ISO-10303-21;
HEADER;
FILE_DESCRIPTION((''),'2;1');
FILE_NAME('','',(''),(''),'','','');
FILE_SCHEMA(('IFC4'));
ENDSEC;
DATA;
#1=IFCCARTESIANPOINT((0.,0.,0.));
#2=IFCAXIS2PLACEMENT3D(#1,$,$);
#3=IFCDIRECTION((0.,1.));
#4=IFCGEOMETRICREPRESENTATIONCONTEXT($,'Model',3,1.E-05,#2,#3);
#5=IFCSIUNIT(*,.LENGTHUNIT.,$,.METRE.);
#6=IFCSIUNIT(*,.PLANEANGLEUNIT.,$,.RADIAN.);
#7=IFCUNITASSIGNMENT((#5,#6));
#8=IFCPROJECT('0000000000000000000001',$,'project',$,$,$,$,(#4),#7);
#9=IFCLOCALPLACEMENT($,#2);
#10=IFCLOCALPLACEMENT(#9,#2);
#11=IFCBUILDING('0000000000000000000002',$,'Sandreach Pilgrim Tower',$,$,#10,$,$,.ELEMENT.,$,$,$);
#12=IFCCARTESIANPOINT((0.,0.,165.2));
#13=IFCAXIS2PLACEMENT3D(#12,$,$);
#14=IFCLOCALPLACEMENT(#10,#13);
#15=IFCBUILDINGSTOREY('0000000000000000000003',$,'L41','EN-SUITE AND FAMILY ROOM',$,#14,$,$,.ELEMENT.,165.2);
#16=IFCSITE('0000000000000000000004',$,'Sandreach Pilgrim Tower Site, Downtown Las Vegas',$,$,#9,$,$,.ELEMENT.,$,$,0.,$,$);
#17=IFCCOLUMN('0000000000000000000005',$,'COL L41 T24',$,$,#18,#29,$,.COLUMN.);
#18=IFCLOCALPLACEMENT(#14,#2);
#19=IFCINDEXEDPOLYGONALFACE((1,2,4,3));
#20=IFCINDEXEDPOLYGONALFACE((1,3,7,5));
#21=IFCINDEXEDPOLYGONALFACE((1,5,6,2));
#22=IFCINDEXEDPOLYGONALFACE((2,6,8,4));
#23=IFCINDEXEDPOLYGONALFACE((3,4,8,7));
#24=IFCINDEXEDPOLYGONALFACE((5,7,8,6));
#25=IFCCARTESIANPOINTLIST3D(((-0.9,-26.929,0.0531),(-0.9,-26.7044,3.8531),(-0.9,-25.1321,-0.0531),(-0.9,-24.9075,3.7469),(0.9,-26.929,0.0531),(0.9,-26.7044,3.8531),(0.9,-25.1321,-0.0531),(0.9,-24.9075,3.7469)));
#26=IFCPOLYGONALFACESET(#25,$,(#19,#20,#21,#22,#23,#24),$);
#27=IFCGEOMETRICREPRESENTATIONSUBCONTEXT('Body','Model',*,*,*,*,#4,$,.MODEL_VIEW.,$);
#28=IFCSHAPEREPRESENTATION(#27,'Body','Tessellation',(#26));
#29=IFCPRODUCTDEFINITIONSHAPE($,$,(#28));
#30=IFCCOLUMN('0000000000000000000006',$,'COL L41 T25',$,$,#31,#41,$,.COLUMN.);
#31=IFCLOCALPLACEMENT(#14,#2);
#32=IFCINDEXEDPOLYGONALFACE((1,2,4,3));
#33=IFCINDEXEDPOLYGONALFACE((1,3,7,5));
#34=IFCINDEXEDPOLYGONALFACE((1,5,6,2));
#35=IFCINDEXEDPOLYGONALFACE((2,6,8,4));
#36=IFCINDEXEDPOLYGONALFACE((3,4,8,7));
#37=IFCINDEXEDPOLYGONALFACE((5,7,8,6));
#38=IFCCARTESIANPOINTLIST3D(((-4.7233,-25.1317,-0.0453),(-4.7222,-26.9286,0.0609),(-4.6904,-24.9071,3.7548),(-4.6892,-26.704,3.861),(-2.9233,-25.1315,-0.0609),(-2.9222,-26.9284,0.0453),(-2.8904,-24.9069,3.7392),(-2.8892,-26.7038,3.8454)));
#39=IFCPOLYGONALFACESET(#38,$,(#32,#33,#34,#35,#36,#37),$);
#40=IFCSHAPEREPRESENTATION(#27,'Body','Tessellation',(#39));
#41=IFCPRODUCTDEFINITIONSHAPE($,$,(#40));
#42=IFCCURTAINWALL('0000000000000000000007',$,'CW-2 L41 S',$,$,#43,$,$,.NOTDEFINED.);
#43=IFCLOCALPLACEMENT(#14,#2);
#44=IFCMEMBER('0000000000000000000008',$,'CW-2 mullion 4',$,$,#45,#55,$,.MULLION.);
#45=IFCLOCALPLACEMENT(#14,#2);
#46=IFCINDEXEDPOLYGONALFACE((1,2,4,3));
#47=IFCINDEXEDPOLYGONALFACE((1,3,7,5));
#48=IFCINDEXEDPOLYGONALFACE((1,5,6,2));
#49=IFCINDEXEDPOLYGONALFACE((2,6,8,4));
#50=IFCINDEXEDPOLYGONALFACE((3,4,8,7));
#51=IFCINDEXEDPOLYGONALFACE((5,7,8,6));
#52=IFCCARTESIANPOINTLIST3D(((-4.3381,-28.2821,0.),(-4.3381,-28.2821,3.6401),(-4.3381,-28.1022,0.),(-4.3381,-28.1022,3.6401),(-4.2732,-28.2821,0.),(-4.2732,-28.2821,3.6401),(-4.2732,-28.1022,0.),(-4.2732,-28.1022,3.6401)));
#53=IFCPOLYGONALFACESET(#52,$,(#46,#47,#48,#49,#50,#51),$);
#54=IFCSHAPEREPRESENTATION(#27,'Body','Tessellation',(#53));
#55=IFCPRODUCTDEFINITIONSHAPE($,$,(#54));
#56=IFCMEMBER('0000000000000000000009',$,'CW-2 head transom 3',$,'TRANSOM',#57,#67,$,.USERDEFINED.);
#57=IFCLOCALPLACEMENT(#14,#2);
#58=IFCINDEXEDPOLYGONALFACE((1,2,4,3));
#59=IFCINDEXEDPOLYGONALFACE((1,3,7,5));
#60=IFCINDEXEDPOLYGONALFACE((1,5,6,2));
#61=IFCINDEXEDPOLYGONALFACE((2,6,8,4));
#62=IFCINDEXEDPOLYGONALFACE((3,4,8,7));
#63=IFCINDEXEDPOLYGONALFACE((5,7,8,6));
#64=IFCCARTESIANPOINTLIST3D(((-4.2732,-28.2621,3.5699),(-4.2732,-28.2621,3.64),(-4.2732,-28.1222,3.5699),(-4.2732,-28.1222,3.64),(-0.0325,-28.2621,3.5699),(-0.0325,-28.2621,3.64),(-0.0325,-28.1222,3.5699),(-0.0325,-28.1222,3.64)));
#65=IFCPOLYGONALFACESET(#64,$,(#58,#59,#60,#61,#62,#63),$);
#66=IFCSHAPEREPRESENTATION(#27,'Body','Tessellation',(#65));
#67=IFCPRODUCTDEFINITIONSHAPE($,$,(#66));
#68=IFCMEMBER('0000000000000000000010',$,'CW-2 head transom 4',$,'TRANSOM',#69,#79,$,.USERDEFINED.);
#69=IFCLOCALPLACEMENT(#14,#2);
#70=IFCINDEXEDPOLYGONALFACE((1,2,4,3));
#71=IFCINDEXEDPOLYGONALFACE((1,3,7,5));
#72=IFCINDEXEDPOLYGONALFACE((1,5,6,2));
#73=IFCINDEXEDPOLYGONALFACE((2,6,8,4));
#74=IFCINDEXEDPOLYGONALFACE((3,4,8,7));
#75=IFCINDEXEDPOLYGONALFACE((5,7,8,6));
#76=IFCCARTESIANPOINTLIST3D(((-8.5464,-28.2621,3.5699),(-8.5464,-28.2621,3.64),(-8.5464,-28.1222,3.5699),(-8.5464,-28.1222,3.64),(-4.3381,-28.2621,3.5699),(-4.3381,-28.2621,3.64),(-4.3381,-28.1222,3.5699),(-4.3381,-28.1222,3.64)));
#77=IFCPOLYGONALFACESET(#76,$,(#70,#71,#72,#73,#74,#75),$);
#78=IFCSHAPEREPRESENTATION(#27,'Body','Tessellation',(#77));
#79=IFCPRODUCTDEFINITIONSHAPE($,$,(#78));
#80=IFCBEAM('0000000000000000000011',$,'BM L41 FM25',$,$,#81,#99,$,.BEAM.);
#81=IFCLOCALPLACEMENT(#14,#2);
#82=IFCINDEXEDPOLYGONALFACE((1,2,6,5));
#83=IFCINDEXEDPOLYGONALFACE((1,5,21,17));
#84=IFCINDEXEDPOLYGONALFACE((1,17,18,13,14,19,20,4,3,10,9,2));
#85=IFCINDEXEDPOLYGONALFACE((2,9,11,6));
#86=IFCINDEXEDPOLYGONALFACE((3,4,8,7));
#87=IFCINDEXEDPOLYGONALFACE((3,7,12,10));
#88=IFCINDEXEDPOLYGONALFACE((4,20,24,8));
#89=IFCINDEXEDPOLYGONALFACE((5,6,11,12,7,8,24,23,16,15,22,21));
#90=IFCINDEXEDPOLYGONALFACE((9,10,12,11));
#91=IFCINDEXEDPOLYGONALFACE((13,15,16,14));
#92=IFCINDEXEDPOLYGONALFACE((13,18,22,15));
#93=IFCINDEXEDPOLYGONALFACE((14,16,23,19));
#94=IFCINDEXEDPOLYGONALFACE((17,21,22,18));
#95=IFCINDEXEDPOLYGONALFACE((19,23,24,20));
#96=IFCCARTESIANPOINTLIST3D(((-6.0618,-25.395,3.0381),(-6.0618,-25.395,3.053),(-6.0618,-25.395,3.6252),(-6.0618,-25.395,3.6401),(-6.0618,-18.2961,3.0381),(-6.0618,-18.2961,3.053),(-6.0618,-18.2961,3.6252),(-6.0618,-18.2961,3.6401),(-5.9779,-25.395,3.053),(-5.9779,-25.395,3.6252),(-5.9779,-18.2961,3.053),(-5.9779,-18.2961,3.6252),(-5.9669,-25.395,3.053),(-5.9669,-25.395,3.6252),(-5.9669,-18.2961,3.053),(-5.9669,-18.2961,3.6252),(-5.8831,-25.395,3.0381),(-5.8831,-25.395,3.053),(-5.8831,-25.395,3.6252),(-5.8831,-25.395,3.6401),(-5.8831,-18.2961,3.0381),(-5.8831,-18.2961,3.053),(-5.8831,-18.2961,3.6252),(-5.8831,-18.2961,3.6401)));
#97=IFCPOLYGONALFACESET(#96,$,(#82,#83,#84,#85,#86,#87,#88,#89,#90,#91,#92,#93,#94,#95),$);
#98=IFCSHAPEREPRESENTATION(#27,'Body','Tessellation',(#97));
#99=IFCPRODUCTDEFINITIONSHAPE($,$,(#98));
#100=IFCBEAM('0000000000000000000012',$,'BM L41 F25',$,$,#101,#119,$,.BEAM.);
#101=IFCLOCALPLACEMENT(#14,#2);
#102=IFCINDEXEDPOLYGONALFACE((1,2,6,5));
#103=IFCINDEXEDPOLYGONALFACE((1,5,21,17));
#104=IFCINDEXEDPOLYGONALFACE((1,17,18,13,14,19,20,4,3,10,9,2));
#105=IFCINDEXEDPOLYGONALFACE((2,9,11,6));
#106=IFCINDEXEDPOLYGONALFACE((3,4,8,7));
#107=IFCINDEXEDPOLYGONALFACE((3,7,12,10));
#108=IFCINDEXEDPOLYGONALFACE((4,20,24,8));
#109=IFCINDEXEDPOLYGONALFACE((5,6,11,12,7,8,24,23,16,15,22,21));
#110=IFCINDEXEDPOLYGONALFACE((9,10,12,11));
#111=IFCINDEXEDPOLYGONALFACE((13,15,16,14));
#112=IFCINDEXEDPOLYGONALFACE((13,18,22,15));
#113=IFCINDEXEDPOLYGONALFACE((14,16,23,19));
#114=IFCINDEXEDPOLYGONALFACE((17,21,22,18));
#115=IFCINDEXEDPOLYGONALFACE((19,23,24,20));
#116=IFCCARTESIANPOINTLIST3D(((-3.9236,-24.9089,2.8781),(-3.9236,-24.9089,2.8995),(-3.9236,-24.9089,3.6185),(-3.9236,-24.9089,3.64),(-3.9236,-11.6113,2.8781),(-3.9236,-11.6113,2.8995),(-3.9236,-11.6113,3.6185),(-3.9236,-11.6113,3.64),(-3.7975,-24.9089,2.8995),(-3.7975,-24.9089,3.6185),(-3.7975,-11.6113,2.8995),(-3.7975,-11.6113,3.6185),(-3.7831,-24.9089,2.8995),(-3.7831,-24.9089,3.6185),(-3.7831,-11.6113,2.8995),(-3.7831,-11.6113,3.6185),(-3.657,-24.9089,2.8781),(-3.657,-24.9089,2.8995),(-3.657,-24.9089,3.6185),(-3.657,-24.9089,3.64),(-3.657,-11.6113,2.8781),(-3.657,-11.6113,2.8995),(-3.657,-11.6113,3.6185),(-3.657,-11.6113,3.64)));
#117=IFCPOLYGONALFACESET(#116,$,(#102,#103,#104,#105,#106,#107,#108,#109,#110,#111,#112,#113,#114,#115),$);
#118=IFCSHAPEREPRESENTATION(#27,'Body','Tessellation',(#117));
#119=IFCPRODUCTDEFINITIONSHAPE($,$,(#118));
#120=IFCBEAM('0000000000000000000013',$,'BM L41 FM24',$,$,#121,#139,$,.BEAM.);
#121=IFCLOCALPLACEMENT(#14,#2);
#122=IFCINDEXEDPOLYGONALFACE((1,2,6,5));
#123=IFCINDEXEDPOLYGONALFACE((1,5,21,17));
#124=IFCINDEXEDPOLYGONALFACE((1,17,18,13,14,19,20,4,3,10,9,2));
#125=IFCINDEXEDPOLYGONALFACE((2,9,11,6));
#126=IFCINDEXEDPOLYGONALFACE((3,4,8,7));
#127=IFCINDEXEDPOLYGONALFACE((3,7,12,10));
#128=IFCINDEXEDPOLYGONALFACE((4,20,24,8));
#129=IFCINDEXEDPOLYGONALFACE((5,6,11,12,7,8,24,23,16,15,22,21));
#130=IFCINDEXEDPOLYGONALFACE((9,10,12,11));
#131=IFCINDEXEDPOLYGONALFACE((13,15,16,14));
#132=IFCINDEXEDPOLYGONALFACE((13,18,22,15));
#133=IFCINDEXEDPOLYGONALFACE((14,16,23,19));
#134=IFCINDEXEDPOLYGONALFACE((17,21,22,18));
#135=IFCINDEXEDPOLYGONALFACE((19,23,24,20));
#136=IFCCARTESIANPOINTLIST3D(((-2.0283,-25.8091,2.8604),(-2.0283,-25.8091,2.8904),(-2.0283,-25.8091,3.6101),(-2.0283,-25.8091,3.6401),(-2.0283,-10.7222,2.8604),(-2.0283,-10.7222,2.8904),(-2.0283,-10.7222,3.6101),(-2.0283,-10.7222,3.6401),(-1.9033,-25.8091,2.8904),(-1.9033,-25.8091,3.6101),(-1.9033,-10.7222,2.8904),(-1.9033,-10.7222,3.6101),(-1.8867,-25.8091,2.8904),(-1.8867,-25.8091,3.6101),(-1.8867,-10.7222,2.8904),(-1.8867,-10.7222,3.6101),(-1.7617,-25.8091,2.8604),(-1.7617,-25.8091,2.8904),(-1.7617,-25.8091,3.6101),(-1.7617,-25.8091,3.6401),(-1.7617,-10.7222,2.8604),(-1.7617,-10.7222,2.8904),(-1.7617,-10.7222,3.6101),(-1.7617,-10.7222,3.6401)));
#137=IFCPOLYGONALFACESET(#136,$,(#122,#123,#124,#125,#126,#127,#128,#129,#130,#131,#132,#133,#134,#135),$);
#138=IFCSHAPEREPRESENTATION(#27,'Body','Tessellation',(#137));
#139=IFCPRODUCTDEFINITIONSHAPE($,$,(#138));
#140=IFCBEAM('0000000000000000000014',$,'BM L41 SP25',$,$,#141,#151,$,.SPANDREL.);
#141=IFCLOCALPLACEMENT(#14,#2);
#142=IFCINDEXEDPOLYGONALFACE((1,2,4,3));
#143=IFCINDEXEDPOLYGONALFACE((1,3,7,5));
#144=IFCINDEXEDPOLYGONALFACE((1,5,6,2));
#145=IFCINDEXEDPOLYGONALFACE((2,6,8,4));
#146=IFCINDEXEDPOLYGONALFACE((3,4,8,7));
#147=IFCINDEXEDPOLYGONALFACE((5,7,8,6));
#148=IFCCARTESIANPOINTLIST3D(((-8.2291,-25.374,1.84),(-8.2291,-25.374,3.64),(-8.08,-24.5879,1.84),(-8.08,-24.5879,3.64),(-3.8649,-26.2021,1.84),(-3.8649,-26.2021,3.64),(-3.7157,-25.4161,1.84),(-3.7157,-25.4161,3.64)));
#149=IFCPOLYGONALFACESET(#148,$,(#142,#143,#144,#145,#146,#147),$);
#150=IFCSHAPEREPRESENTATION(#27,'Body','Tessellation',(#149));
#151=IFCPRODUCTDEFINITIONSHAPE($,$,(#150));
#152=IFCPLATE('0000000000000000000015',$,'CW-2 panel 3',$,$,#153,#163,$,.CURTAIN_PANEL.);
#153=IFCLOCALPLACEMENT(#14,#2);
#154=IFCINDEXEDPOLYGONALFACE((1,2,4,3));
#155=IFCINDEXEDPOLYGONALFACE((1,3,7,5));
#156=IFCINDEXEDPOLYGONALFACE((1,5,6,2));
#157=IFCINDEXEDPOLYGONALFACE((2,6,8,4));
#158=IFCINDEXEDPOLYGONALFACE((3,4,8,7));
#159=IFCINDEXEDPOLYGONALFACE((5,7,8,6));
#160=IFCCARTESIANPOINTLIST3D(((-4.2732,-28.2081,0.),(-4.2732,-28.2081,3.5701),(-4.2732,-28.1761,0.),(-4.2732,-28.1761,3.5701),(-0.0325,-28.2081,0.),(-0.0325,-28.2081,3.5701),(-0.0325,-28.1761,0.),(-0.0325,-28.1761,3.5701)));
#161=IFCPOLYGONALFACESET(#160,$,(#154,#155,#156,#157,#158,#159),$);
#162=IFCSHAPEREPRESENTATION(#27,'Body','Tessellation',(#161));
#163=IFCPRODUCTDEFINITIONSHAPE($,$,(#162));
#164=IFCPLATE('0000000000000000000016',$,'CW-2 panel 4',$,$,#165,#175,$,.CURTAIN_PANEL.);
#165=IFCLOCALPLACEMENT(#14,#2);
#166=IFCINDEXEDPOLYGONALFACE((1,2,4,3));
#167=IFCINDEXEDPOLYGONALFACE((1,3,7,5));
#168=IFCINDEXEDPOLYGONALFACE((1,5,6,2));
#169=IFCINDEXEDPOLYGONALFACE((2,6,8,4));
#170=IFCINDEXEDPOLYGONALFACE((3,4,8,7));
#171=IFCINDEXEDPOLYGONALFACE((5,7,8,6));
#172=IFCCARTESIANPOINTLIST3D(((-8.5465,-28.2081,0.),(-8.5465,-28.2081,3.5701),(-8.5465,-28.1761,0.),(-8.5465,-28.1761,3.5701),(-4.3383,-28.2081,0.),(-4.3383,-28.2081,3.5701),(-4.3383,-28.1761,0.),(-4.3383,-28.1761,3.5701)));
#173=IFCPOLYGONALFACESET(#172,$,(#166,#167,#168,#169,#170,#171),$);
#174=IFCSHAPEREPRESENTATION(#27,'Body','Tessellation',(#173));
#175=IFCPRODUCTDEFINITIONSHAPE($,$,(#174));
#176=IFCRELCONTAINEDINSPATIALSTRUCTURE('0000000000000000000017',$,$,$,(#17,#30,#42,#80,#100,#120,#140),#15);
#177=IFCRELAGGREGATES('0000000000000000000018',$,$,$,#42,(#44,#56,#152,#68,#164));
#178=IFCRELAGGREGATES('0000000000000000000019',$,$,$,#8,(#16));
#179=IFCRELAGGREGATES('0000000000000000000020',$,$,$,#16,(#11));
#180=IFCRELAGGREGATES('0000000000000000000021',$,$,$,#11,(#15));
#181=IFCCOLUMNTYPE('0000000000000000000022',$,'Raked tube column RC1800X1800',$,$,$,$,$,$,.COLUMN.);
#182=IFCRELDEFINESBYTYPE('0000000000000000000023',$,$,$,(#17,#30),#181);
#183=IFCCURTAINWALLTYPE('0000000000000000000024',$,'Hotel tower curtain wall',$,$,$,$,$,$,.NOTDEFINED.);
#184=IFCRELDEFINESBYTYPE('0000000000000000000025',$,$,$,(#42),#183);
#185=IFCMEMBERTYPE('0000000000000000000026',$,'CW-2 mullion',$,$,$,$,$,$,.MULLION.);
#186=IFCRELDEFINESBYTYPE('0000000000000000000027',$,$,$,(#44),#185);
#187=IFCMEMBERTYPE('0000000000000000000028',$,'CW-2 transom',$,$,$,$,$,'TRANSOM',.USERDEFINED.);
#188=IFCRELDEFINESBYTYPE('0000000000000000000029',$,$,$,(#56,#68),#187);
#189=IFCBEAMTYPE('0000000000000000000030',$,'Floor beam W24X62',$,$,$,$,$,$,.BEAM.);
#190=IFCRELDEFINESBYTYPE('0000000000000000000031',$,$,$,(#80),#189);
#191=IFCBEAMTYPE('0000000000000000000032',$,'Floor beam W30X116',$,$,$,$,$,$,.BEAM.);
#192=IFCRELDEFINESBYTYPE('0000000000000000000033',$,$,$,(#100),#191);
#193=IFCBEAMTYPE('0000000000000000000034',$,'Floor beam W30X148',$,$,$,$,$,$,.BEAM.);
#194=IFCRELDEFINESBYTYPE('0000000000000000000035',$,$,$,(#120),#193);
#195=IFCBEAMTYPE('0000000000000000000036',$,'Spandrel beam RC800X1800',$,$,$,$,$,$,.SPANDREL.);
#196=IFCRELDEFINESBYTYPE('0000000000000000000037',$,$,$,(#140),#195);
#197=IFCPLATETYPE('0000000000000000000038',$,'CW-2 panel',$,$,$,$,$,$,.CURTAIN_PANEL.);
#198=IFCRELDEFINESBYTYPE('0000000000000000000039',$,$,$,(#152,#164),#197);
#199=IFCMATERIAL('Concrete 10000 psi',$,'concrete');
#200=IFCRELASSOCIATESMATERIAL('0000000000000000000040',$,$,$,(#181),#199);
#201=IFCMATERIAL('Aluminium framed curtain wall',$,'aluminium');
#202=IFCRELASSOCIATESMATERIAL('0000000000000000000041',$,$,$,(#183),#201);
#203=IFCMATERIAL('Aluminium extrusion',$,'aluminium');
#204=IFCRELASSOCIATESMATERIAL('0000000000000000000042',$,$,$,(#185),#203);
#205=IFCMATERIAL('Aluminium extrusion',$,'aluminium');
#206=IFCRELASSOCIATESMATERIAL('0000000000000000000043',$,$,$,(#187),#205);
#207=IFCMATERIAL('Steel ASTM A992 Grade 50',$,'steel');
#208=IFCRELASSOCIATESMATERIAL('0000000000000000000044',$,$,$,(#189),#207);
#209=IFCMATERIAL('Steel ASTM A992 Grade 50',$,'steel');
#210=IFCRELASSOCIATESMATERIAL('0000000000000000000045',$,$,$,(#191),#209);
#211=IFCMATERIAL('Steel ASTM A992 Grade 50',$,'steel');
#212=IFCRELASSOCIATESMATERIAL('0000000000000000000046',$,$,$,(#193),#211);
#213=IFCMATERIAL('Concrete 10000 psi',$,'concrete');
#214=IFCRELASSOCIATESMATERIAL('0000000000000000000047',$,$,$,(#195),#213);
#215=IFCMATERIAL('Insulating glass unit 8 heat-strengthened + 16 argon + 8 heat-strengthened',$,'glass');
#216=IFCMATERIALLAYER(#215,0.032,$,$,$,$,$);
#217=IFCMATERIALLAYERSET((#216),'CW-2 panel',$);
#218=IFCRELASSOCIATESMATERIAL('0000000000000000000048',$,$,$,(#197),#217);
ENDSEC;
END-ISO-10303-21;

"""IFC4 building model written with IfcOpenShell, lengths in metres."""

from ifc_helpers import new_model, si_unit, direction, frame, origin, origin_2d, place, context, subcontext, project, spatial, rectangle, i_section, extrude, material, layer, layer_set, material_profile, profile_set, type_object, element, aggregate, save


model = new_model("IFC4")

# Units and contexts
model_context = context("Model", 3, precision=1e-05, world=origin(), true_north=direction((0.0, 1.0)))
body_context = subcontext(model_context, "Body", "Model", "MODEL_VIEW")
ifc_project = project(units=[si_unit("LENGTHUNIT", "METRE"), si_unit("PLANEANGLEUNIT", "RADIAN")], contexts=[model_context])

# Site, building, storey
site_placement = place(None, origin())
site = spatial("IfcSite", under=ifc_project, at=site_placement, Name="Sandreach Pilgrim Tower Site, Downtown Las Vegas", CompositionType="ELEMENT", RefElevation=0.0)
building_placement = place(site_placement, origin())
building = spatial("IfcBuilding", under=site, at=building_placement, Name="Sandreach Pilgrim Tower", CompositionType="ELEMENT")
storey_placement = place(building_placement, frame((0.0, 0.0, 165.2)))
storey = spatial("IfcBuildingStorey", under=building, at=storey_placement, Name="L41", Description="EN-SUITE AND FAMILY ROOM", CompositionType="ELEMENT", Elevation=165.2)

# Columns
ifc_material_1 = material(Name="Concrete 10000 psi", Category="concrete")
ifc_material_profile_1 = material_profile(ifc_material_1, rectangle(XDim=1.8, YDim=1.8, at=origin_2d()), Name="RC1800X1800")
ifc_profile_set_1 = profile_set([ifc_material_profile_1], Name="Concrete 10000 psi")
column_type = type_object("IfcColumnType", Name="Raked tube column RC1800X1800", PredefinedType="COLUMN", material=ifc_profile_set_1)
column_1_placement = place(storey_placement, frame((0.0, -26.0305, 0.0), z_axis=(0.0, 0.059004, 0.998258), x_axis=(0.0, -0.998258, 0.059004)))
element("IfcColumn", 1, at=column_1_placement, inside=storey, type_object=column_type, Name="COL L41 T24", PredefinedType="COLUMN", context=body_context, shape_type="SweptSolid", body=[
    extrude(rectangle(XDim=1.8, YDim=1.8, at=origin_2d()), origin(), (0.0, 0.0, 1.0), 3.8066),
])
column_2_placement = place(storey_placement, frame((-3.8228, -26.03, 0.0), z_axis=(0.008658, 0.059002, 0.99822), x_axis=(0.000629, -0.998258, 0.058999)))
element("IfcColumn", 2, at=column_2_placement, inside=storey, type_object=column_type, Name="COL L41 T25", PredefinedType="COLUMN", context=body_context, shape_type="SweptSolid", body=[
    extrude(rectangle(XDim=1.8, YDim=1.8, at=origin_2d()), origin(), (0.0, 0.0, 1.0), 3.8069),
])

# Curtain wall, members
ifc_material_2 = material(Name="Aluminium framed curtain wall", Category="aluminium")
curtain_wall_type = type_object("IfcCurtainWallType", Name="Hotel tower curtain wall", PredefinedType="NOTDEFINED", material=ifc_material_2)
curtain_wall_placement = place(storey_placement, origin())
curtain_wall = element("IfcCurtainWall", 3, at=curtain_wall_placement, inside=storey, type_object=curtain_wall_type, Name="CW-2 L41 S", PredefinedType="NOTDEFINED")
ifc_material_3 = material(Name="Aluminium extrusion", Category="aluminium")
ifc_material_profile_2 = material_profile(ifc_material_3, rectangle(XDim=0.0649, YDim=0.1799, at=origin_2d()), Name="CW-2M 65X180")
ifc_profile_set_2 = profile_set([ifc_material_profile_2], Name="Aluminium extrusion")
member_type_1 = type_object("IfcMemberType", Name="CW-2 mullion", PredefinedType="MULLION", material=ifc_profile_set_2)
member_1_placement = place(storey_placement, frame((-4.3057, -28.1921, 0.0), z_axis=(0.0, 0.0, 1.0), x_axis=(-1.0, 0.0, 0.0)))
member_1 = element("IfcMember", 4, at=member_1_placement, type_object=member_type_1, Name="CW-2 mullion 4", PredefinedType="MULLION", context=body_context, shape_type="SweptSolid", body=[
    extrude(rectangle(XDim=0.0649, YDim=0.1799, at=origin_2d()), origin(), (0.0, 0.0, 1.0), 3.6401),
])
ifc_material_4 = material(Name="Aluminium extrusion", Category="aluminium")
ifc_material_profile_3 = material_profile(ifc_material_4, rectangle(XDim=0.1399, YDim=0.0701, at=origin_2d()), Name="CW-2T 140X70")
ifc_profile_set_3 = profile_set([ifc_material_profile_3], Name="Aluminium extrusion")
member_type_2 = type_object("IfcMemberType", Name="CW-2 transom", ElementType="TRANSOM", PredefinedType="USERDEFINED", material=ifc_profile_set_3)
member_2_placement = place(storey_placement, frame((-0.0325, -28.1921, 3.605), z_axis=(-1.0, 0.0, 0.0), x_axis=(0.0, -1.0, 0.0)))
member_2 = element("IfcMember", 5, at=member_2_placement, type_object=member_type_2, Name="CW-2 head transom 3", ObjectType="TRANSOM", PredefinedType="USERDEFINED", context=body_context, shape_type="SweptSolid", body=[
    extrude(rectangle(XDim=0.1399, YDim=0.0701, at=origin_2d()), origin(), (0.0, 0.0, 1.0), 4.2407),
])
member_3_placement = place(storey_placement, frame((-4.3381, -28.1921, 3.605), z_axis=(-1.0, 0.0, 0.0), x_axis=(0.0, -1.0, 0.0)))
member_3 = element("IfcMember", 6, at=member_3_placement, type_object=member_type_2, Name="CW-2 head transom 4", ObjectType="TRANSOM", PredefinedType="USERDEFINED", context=body_context, shape_type="SweptSolid", body=[
    extrude(rectangle(XDim=0.1399, YDim=0.0701, at=origin_2d()), origin(), (0.0, 0.0, 1.0), 4.2083),
])

# Beams
ifc_material_5 = material(Name="Steel ASTM A992 Grade 50", Category="steel")
ifc_material_profile_4 = material_profile(ifc_material_5, i_section(OverallWidth=0.1787, OverallDepth=0.6021, WebThickness=0.011, FlangeThickness=0.0149, at=origin_2d()), Name="W24X62")
ifc_profile_set_4 = profile_set([ifc_material_profile_4], Name="Steel ASTM A992 Grade 50")
beam_type_1 = type_object("IfcBeamType", Name="Floor beam W24X62", PredefinedType="BEAM", material=ifc_profile_set_4)
beam_1_placement = place(storey_placement, frame((-5.9724, -25.395, 3.3391), z_axis=(0.0, 1.0, 0.0), x_axis=(-1.0, 0.0, 0.0)))
element("IfcBeam", 7, at=beam_1_placement, inside=storey, type_object=beam_type_1, Name="BM L41 FM25", PredefinedType="BEAM", context=body_context, shape_type="SweptSolid", body=[
    extrude(i_section(OverallWidth=0.1787, OverallDepth=0.6021, WebThickness=0.011, FlangeThickness=0.0149, at=origin_2d()), origin(), (0.0, 0.0, 1.0), 7.0989),
])
ifc_material_6 = material(Name="Steel ASTM A992 Grade 50", Category="steel")
ifc_material_profile_5 = material_profile(ifc_material_6, i_section(OverallWidth=0.2666, OverallDepth=0.762, WebThickness=0.0144, FlangeThickness=0.0215, at=origin_2d()), Name="W30X116")
ifc_profile_set_5 = profile_set([ifc_material_profile_5], Name="Steel ASTM A992 Grade 50")
beam_type_2 = type_object("IfcBeamType", Name="Floor beam W30X116", PredefinedType="BEAM", material=ifc_profile_set_5)
beam_2_placement = place(storey_placement, frame((-3.7903, -24.9089, 3.259), z_axis=(0.0, 1.0, 0.0), x_axis=(-1.0, 0.0, 0.0)))
element("IfcBeam", 8, at=beam_2_placement, inside=storey, type_object=beam_type_2, Name="BM L41 F25", PredefinedType="BEAM", context=body_context, shape_type="SweptSolid", body=[
    extrude(i_section(OverallWidth=0.2666, OverallDepth=0.762, WebThickness=0.0144, FlangeThickness=0.0215, at=origin_2d()), origin(), (0.0, 0.0, 1.0), 13.2976),
])
ifc_material_7 = material(Name="Steel ASTM A992 Grade 50", Category="steel")
ifc_material_profile_6 = material_profile(ifc_material_7, i_section(OverallWidth=0.2666, OverallDepth=0.7798, WebThickness=0.0166, FlangeThickness=0.03, at=origin_2d()), Name="W30X148")
ifc_profile_set_6 = profile_set([ifc_material_profile_6], Name="Steel ASTM A992 Grade 50")
beam_type_3 = type_object("IfcBeamType", Name="Floor beam W30X148", PredefinedType="BEAM", material=ifc_profile_set_6)
beam_3_placement = place(storey_placement, frame((-1.895, -25.8091, 3.2502), z_axis=(0.0, 1.0, 0.0), x_axis=(-1.0, 0.0, 0.0)))
element("IfcBeam", 9, at=beam_3_placement, inside=storey, type_object=beam_type_3, Name="BM L41 FM24", PredefinedType="BEAM", context=body_context, shape_type="SweptSolid", body=[
    extrude(i_section(OverallWidth=0.2666, OverallDepth=0.7798, WebThickness=0.0166, FlangeThickness=0.03, at=origin_2d()), origin(), (0.0, 0.0, 1.0), 15.0869),
])
ifc_material_8 = material(Name="Concrete 10000 psi", Category="concrete")
ifc_material_profile_7 = material_profile(ifc_material_8, rectangle(XDim=0.8, YDim=1.8, at=origin_2d()), Name="RC800X1800")
ifc_profile_set_7 = profile_set([ifc_material_profile_7], Name="Concrete 10000 psi")
beam_type_4 = type_object("IfcBeamType", Name="Spandrel beam RC800X1800", PredefinedType="SPANDREL", material=ifc_profile_set_7)
beam_4_placement = place(storey_placement, frame((-3.7903, -25.8091, 2.74), z_axis=(-0.982469, 0.186425, 0.0), x_axis=(-0.186425, -0.982469, 0.0)))
element("IfcBeam", 10, at=beam_4_placement, inside=storey, type_object=beam_type_4, Name="BM L41 SP25", PredefinedType="SPANDREL", context=body_context, shape_type="SweptSolid", body=[
    extrude(rectangle(XDim=0.8, YDim=1.8, at=origin_2d()), origin(), (0.0, 0.0, 1.0), 4.4421),
])

# Plates
ifc_material_9 = material(Name="Insulating glass unit 8 heat-strengthened + 16 argon + 8 heat-strengthened", Category="glass")
ifc_layer_1 = layer(ifc_material_9, 0.032)
ifc_layer_set_1 = layer_set([ifc_layer_1], Name="CW-2 panel")
plate_type = type_object("IfcPlateType", Name="CW-2 panel", PredefinedType="CURTAIN_PANEL", material=ifc_layer_set_1)
plate_1_placement = place(storey_placement, frame((-2.1528, -28.1921, 0.0), z_axis=(0.0, 0.0, 1.0), x_axis=(-1.0, 0.0, 0.0)))
plate_1 = element("IfcPlate", 11, at=plate_1_placement, type_object=plate_type, Name="CW-2 panel 3", PredefinedType="CURTAIN_PANEL", context=body_context, shape_type="SweptSolid", body=[
    extrude(rectangle(XDim=4.2407, YDim=0.032, at=origin_2d()), origin(), (0.0, 0.0, 1.0), 3.5701),
])
plate_2_placement = place(storey_placement, frame((-6.4424, -28.1921, 0.0), z_axis=(0.0, 0.0, 1.0), x_axis=(-1.0, 0.0, 0.0)))
plate_2 = element("IfcPlate", 12, at=plate_2_placement, type_object=plate_type, Name="CW-2 panel 4", PredefinedType="CURTAIN_PANEL", context=body_context, shape_type="SweptSolid", body=[
    extrude(rectangle(XDim=4.2083, YDim=0.032, at=origin_2d()), origin(), (0.0, 0.0, 1.0), 3.5701),
])
aggregate(curtain_wall, [member_1, member_2, plate_1, member_3, plate_2])

save(model, "model.ifc")
